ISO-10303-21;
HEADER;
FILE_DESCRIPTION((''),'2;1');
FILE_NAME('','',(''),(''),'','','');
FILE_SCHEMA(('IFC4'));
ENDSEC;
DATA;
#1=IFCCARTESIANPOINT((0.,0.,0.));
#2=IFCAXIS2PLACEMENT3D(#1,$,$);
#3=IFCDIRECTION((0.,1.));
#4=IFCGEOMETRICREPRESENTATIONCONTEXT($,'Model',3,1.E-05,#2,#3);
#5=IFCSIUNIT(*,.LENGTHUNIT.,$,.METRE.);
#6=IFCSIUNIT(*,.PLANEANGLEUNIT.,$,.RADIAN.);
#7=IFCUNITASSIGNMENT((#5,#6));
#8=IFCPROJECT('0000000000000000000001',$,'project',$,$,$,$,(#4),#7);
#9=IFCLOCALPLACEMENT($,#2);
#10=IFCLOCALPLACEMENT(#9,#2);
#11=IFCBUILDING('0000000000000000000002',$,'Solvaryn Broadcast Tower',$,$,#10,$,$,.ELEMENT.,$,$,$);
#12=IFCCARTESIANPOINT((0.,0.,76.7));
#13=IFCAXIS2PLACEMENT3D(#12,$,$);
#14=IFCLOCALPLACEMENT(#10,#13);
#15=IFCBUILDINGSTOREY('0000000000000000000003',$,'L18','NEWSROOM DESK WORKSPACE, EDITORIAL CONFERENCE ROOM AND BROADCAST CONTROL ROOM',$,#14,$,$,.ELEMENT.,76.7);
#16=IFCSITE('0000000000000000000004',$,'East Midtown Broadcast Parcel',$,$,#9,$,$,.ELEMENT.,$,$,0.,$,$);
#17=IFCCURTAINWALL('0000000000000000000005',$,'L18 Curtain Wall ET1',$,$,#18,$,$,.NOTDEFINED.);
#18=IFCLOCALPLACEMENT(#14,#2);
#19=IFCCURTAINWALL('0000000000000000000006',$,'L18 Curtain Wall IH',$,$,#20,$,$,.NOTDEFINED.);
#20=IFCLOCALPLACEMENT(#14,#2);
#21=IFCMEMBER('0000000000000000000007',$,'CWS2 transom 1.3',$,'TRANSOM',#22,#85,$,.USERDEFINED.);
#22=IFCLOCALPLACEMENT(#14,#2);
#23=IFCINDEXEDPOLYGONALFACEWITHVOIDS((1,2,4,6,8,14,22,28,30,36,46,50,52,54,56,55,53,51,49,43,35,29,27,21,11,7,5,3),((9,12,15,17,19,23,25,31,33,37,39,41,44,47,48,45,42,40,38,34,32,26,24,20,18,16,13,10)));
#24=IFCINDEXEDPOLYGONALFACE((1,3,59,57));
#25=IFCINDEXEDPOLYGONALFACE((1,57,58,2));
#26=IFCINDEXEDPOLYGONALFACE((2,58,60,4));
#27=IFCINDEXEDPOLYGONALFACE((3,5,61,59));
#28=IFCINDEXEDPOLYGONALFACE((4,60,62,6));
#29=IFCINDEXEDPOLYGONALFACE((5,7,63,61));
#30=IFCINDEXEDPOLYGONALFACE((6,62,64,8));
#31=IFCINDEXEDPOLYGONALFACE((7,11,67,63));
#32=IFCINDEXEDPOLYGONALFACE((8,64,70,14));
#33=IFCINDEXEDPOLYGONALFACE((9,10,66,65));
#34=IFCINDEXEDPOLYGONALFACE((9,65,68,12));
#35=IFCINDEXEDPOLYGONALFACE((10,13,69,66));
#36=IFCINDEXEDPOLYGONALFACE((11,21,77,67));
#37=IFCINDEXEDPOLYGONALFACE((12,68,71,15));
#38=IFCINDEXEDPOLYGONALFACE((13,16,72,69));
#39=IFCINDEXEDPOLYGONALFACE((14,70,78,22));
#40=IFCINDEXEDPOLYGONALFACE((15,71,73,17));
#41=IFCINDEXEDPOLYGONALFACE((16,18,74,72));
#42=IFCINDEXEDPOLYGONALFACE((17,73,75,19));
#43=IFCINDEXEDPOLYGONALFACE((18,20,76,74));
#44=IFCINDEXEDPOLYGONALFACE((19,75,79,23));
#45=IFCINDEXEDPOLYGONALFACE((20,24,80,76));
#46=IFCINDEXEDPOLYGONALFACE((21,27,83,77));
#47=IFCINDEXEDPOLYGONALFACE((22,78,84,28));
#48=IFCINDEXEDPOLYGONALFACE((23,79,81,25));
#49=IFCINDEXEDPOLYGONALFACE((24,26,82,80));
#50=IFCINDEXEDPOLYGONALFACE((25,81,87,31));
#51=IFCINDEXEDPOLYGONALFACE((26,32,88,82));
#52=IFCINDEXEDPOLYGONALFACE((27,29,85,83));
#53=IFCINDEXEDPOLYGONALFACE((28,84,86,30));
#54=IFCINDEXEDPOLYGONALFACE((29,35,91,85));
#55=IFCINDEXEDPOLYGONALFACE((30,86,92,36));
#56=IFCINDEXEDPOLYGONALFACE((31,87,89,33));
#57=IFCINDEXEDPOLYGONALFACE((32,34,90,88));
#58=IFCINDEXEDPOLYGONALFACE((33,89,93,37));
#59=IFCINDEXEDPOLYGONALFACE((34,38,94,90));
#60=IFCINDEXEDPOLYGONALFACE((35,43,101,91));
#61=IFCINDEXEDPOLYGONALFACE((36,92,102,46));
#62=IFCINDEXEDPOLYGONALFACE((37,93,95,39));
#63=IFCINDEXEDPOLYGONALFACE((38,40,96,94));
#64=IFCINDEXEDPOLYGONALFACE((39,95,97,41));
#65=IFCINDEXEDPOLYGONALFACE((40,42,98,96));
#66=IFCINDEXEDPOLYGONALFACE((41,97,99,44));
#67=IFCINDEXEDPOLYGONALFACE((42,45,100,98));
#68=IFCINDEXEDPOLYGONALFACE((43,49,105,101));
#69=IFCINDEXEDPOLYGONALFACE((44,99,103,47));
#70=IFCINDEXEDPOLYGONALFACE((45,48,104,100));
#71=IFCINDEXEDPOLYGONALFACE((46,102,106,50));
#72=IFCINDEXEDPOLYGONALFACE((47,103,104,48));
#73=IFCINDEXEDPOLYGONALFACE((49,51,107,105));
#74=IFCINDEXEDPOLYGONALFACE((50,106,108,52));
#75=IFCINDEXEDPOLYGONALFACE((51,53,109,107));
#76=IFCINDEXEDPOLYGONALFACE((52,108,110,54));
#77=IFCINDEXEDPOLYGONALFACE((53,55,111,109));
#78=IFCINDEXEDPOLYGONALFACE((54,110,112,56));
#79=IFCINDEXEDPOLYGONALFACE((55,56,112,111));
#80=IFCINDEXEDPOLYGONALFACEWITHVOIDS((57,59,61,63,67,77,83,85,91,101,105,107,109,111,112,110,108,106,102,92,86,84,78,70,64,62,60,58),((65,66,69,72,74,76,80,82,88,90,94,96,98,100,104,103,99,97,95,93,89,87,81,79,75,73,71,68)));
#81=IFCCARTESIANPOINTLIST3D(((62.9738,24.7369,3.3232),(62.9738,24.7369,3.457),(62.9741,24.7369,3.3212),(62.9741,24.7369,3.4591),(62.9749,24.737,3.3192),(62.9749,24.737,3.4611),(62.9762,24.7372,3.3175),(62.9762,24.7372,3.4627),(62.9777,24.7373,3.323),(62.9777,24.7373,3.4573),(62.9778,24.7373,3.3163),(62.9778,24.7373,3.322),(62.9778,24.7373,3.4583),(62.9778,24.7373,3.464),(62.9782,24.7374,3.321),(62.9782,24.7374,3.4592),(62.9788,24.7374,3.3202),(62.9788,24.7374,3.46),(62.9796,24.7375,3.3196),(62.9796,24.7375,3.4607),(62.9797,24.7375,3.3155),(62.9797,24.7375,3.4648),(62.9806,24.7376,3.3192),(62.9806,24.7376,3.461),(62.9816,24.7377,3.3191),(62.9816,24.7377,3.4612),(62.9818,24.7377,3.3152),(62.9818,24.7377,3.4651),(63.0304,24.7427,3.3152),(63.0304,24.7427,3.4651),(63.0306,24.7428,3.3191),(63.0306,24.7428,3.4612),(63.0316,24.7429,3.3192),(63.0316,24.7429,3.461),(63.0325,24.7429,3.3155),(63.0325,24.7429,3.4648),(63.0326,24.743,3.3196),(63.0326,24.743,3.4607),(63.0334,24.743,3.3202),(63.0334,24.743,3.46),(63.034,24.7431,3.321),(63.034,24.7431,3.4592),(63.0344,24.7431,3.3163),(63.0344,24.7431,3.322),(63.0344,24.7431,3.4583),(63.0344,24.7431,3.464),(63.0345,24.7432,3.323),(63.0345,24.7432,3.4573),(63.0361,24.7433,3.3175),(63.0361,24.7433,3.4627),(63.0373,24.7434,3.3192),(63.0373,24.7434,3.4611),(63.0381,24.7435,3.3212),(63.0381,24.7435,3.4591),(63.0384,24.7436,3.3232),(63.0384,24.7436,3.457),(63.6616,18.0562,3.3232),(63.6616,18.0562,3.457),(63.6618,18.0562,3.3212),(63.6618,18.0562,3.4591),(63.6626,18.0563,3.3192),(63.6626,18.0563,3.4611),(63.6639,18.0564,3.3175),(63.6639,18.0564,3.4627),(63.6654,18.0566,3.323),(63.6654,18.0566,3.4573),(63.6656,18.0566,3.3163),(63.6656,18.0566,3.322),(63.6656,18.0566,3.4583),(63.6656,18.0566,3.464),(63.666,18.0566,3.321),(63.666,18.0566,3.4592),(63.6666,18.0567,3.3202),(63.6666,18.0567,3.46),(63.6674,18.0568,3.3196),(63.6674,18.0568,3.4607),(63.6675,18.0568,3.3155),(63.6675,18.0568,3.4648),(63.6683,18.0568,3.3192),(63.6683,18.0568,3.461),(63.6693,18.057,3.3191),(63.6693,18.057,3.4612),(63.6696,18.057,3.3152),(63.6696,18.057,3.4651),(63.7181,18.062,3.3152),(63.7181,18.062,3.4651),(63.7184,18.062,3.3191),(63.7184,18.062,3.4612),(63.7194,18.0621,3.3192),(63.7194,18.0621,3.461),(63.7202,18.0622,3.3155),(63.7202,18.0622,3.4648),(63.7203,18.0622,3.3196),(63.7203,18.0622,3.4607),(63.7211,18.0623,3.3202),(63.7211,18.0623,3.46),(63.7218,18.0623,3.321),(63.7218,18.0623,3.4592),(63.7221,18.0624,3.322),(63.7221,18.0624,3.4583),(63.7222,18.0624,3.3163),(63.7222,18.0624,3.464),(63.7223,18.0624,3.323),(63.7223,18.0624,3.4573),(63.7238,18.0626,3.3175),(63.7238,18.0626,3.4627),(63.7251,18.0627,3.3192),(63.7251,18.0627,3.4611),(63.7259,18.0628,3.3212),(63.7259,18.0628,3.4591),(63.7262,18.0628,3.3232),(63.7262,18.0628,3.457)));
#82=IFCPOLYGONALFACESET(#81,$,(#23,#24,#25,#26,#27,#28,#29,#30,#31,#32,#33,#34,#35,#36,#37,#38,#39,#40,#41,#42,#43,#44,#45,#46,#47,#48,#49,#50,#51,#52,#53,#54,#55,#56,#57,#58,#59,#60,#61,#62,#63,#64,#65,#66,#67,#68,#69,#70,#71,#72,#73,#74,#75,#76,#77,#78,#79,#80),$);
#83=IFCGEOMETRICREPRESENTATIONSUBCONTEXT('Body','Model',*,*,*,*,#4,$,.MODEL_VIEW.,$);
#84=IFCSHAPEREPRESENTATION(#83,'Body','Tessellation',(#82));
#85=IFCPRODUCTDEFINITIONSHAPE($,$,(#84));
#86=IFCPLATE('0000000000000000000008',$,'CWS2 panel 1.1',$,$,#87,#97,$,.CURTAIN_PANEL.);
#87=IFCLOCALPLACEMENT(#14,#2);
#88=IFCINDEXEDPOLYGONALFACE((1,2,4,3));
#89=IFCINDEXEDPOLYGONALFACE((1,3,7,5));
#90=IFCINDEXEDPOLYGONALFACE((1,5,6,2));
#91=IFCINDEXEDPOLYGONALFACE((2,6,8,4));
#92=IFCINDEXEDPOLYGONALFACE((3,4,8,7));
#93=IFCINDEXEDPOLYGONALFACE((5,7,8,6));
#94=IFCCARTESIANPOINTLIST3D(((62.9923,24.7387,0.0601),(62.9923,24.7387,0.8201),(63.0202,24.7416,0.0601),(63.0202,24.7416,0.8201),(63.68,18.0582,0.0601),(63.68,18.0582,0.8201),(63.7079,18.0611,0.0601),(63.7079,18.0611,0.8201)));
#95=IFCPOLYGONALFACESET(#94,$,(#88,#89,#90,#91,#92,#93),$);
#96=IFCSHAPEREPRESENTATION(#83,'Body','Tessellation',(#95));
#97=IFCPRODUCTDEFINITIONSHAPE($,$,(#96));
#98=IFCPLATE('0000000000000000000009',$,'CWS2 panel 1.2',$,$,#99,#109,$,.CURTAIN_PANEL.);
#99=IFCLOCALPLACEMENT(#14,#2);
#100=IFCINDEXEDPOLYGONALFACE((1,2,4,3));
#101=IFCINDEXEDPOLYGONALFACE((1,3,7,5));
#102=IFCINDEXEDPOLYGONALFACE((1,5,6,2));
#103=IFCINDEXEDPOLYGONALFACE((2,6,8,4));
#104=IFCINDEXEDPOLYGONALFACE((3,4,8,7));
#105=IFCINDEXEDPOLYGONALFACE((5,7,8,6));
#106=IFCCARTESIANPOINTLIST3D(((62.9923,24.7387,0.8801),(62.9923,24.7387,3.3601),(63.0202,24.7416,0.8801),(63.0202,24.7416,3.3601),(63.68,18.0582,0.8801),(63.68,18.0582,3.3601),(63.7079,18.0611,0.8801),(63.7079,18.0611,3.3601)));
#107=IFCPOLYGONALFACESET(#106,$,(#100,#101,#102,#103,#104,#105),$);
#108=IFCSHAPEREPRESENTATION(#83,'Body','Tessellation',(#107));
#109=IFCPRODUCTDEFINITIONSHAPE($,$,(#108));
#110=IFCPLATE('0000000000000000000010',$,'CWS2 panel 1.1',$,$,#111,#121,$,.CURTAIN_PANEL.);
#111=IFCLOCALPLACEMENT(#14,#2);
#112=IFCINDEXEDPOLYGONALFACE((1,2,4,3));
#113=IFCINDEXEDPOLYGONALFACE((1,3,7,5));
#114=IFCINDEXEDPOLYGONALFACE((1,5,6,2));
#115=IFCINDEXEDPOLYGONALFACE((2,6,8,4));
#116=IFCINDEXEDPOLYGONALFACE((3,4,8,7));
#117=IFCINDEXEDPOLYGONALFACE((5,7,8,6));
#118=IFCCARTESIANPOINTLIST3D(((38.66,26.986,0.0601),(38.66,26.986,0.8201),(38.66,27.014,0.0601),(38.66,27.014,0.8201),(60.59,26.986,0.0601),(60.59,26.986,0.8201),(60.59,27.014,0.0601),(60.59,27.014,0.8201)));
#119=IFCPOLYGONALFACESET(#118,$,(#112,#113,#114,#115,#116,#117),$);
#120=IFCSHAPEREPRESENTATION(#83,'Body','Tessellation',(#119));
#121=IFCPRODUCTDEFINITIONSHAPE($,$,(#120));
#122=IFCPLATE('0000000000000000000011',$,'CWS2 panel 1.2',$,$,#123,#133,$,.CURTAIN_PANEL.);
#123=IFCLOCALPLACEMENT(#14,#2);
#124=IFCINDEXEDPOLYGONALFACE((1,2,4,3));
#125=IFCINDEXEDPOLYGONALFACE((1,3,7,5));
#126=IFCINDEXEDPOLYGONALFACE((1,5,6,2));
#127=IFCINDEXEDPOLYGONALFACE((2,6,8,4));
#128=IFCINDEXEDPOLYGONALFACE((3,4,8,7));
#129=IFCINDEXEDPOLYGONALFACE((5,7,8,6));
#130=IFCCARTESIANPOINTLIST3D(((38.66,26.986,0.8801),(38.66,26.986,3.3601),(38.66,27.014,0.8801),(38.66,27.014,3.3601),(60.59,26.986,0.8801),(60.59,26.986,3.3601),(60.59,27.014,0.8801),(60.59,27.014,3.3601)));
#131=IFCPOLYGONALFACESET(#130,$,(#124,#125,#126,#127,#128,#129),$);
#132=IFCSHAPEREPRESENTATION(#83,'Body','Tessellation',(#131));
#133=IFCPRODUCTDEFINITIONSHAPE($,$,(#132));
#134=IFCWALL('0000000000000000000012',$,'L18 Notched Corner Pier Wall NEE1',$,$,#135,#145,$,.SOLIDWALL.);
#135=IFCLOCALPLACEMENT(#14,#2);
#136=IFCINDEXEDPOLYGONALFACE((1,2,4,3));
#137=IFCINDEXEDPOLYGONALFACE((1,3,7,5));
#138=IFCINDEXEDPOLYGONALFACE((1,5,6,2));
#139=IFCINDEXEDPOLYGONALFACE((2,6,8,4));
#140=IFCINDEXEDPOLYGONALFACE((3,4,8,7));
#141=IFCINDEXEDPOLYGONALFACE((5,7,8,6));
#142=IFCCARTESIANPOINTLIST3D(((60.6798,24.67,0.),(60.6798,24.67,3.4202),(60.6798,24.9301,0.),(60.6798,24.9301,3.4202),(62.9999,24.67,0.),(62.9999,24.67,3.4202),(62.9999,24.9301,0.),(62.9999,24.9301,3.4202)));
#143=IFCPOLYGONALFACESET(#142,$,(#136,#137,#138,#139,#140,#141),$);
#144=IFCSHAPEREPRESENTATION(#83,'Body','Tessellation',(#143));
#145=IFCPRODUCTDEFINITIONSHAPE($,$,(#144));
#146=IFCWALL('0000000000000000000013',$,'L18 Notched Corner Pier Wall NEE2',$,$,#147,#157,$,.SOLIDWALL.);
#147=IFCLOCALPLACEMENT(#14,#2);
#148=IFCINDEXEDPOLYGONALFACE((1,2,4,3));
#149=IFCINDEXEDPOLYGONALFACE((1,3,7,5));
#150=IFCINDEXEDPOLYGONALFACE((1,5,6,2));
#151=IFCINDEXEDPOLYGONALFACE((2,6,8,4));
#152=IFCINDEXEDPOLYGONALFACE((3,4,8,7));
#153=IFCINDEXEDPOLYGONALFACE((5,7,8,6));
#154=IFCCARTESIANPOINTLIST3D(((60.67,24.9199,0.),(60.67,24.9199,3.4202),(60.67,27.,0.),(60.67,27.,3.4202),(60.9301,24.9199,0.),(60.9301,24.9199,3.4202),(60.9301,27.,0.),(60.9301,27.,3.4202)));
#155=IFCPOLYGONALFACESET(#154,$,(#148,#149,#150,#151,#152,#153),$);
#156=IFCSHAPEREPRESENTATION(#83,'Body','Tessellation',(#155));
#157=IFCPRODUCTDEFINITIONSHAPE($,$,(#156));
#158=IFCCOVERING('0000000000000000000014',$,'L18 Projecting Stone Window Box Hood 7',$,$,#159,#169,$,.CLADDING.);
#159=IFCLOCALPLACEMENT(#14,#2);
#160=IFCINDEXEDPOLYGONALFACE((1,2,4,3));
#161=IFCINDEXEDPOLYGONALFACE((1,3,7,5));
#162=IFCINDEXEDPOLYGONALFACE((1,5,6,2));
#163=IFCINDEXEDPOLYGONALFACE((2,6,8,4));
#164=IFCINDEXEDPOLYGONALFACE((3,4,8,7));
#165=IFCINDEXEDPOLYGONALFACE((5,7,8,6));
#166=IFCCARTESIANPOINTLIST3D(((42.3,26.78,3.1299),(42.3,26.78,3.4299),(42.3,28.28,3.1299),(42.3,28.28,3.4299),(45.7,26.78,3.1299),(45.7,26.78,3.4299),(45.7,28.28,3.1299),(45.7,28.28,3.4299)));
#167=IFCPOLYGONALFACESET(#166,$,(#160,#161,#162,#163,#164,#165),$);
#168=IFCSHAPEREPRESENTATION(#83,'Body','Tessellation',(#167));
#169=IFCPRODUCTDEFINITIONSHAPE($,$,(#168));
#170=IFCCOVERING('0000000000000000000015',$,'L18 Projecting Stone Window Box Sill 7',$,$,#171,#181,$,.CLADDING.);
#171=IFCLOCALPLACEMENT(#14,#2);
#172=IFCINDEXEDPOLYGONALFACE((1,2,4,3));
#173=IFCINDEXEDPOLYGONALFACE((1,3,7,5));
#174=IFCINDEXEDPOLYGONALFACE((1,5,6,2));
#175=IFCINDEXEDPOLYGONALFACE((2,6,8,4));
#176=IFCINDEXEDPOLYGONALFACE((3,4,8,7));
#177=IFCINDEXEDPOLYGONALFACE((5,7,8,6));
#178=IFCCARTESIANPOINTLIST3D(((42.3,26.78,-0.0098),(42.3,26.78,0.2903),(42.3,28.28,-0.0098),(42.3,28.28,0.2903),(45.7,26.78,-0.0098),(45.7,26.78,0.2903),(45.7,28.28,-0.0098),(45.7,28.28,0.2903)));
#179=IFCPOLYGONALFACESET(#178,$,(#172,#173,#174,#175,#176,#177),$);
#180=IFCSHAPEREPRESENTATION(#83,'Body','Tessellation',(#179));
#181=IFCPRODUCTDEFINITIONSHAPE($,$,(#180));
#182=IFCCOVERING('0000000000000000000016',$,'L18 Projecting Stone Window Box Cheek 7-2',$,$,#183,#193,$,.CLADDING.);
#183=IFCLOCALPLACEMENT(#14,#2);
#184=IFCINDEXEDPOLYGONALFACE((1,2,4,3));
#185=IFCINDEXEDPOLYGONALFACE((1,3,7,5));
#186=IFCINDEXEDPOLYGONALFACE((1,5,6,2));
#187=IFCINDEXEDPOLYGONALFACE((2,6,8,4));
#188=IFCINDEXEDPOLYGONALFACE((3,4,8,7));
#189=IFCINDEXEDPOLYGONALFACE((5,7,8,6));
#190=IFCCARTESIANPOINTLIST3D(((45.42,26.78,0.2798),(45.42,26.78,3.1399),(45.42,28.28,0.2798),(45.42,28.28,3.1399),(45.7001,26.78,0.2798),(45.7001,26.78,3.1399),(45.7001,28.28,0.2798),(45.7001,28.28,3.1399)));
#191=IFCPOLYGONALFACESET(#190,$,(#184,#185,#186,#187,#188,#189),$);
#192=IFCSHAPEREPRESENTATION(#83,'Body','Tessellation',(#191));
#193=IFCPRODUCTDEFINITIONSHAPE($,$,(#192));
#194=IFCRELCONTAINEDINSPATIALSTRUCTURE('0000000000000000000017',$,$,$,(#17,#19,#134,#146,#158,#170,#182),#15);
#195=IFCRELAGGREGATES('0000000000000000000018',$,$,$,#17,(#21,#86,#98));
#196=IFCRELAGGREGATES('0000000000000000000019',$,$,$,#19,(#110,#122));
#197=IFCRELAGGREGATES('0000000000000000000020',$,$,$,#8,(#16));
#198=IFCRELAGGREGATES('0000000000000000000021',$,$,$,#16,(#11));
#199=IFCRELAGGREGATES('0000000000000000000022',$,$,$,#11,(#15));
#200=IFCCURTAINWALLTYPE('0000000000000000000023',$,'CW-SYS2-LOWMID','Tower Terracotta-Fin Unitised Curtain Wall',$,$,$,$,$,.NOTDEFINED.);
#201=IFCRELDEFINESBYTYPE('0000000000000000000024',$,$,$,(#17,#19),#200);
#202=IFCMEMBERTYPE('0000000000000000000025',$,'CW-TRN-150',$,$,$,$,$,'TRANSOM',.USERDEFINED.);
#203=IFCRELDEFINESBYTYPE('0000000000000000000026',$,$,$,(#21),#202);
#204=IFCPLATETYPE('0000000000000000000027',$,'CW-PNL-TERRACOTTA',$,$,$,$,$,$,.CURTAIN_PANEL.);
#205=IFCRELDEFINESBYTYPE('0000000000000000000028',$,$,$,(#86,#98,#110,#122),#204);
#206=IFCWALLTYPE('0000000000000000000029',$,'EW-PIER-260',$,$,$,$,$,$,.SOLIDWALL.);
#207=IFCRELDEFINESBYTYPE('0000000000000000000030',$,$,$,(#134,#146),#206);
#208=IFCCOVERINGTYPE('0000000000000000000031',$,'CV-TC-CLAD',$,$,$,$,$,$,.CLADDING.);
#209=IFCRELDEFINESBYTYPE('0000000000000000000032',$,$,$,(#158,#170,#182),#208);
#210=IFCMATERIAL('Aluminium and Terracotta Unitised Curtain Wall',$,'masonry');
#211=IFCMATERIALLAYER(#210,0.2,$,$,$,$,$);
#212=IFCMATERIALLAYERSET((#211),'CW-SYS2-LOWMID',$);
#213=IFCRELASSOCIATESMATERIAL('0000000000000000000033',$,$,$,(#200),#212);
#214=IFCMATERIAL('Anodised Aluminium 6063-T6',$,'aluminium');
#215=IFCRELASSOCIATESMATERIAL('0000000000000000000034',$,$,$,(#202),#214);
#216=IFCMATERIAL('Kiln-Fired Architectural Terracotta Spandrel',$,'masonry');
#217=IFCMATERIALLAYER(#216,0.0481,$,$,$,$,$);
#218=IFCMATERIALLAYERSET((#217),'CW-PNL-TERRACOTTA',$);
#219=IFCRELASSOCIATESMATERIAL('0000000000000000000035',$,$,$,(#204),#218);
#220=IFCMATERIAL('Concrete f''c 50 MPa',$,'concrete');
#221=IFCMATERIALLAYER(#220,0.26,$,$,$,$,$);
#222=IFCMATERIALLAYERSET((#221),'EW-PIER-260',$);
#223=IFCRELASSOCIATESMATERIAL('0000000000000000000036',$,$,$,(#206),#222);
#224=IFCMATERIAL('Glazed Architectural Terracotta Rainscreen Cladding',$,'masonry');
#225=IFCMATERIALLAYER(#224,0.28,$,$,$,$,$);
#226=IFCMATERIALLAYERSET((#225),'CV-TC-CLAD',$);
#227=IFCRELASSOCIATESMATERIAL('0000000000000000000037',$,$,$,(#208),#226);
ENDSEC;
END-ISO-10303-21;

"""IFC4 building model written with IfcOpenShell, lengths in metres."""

from ifc_helpers import new_model, si_unit, direction, frame, frame_2d, origin, origin_2d, place, context, subcontext, project, spatial, rectangle, hollow_rectangle, extrude, material, layer, layer_set, material_profile, profile_set, type_object, element, aggregate, save


model = new_model("IFC4")

# Units and contexts
model_context = context("Model", 3, precision=1e-05, world=origin(), true_north=direction((0.0, 1.0)))
body_context = subcontext(model_context, "Body", "Model", "MODEL_VIEW")
ifc_project = project(units=[si_unit("LENGTHUNIT", "METRE"), si_unit("PLANEANGLEUNIT", "RADIAN")], contexts=[model_context])

# Site, building, storey
site_placement = place(None, origin())
site = spatial("IfcSite", under=ifc_project, at=site_placement, Name="East Midtown Broadcast Parcel", CompositionType="ELEMENT", RefElevation=0.0)
building_placement = place(site_placement, origin())
building = spatial("IfcBuilding", under=site, at=building_placement, Name="Solvaryn Broadcast Tower", CompositionType="ELEMENT")
storey_placement = place(building_placement, frame((0.0, 0.0, 76.7)))
storey = spatial("IfcBuildingStorey", under=building, at=storey_placement, Name="L18", Description="NEWSROOM DESK WORKSPACE, EDITORIAL CONFERENCE ROOM AND BROADCAST CONTROL ROOM", CompositionType="ELEMENT", Elevation=76.7)

# Curtain walls
ifc_material_1 = material(Name="Aluminium and Terracotta Unitised Curtain Wall", Category="masonry")
ifc_layer_1 = layer(ifc_material_1, 0.2)
ifc_layer_set_1 = layer_set([ifc_layer_1], Name="CW-SYS2-LOWMID")
curtain_wall_type = type_object("IfcCurtainWallType", Name="CW-SYS2-LOWMID", Description="Tower Terracotta-Fin Unitised Curtain Wall", PredefinedType="NOTDEFINED", material=ifc_layer_set_1)
curtain_wall_1_placement = place(storey_placement, origin())
curtain_wall_1 = element("IfcCurtainWall", 1, at=curtain_wall_1_placement, inside=storey, type_object=curtain_wall_type, Name="L18 Curtain Wall ET1", PredefinedType="NOTDEFINED")
curtain_wall_2_placement = place(storey_placement, origin())
curtain_wall_2 = element("IfcCurtainWall", 2, at=curtain_wall_2_placement, inside=storey, type_object=curtain_wall_type, Name="L18 Curtain Wall IH", PredefinedType="NOTDEFINED")

# Member
ifc_material_2 = material(Name="Anodised Aluminium 6063-T6", Category="aluminium")
ifc_material_profile_1 = material_profile(ifc_material_2, hollow_rectangle(XDim=0.0649, YDim=0.1499, WallThickness=0.0039, InnerFilletRadius=0.0039, OuterFilletRadius=0.0081, at=origin_2d()))
ifc_profile_set_1 = profile_set([ifc_material_profile_1], Name="Anodised Aluminium 6063-T6")
member_type_1 = type_object("IfcMemberType", Name="CW-TRN-150", ElementType="TRANSOM", PredefinedType="USERDEFINED", material=ifc_profile_set_1)
member_1_placement = place(storey_placement, frame((63.0061, 24.7402, 3.3901), z_axis=(0.102404, -0.994743, 0.0), x_axis=(0.994743, 0.102404, 0.0)))
member_1 = element("IfcMember", 3, at=member_1_placement, type_object=member_type_1, Name="CWS2 transom 1.3", ObjectType="TRANSOM", PredefinedType="USERDEFINED", context=body_context, shape_type="SweptSolid", body=[
    extrude(hollow_rectangle(XDim=0.0649, YDim=0.1499, WallThickness=0.0039, InnerFilletRadius=0.0039, OuterFilletRadius=0.0081, at=origin_2d()), origin(), (0.0, 0.0, 1.0), 6.7161),
])

# Plates
ifc_material_3 = material(Name="Kiln-Fired Architectural Terracotta Spandrel", Category="masonry")
ifc_layer_2 = layer(ifc_material_3, 0.0481)
ifc_layer_set_2 = layer_set([ifc_layer_2], Name="CW-PNL-TERRACOTTA")
plate_type = type_object("IfcPlateType", Name="CW-PNL-TERRACOTTA", PredefinedType="CURTAIN_PANEL", material=ifc_layer_set_2)
plate_1_placement = place(storey_placement, frame((63.3501, 21.3999, 0.0601), z_axis=(0.0, 0.0, 1.0), x_axis=(0.1024, -0.994743, 0.0)))
plate_1 = element("IfcPlate", 4, at=plate_1_placement, type_object=plate_type, Name="CWS2 panel 1.1", PredefinedType="CURTAIN_PANEL", context=body_context, shape_type="SweptSolid", body=[
    extrude(rectangle(XDim=6.7158, YDim=0.0281, at=origin_2d()), origin(), (0.0, 0.0, 1.0), 0.76),
])
plate_2_placement = place(storey_placement, frame((63.3501, 21.3999, 0.8801), z_axis=(0.0, 0.0, 1.0), x_axis=(0.1024, -0.994743, 0.0)))
plate_2 = element("IfcPlate", 5, at=plate_2_placement, type_object=plate_type, Name="CWS2 panel 1.2", PredefinedType="CURTAIN_PANEL", context=body_context, shape_type="SweptSolid", body=[
    extrude(rectangle(XDim=6.7158, YDim=0.0281, at=origin_2d()), origin(), (0.0, 0.0, 1.0), 2.48),
])
aggregate(curtain_wall_1, [member_1, plate_1, plate_2])
plate_3_placement = place(storey_placement, frame((49.625, 27.0, 0.0601), z_axis=(0.0, 0.0, 1.0), x_axis=(1.0, 0.0, 0.0)))
plate_3 = element("IfcPlate", 6, at=plate_3_placement, type_object=plate_type, Name="CWS2 panel 1.1", PredefinedType="CURTAIN_PANEL", context=body_context, shape_type="SweptSolid", body=[
    extrude(rectangle(XDim=21.9299, YDim=0.0281, at=origin_2d()), origin(), (0.0, 0.0, 1.0), 0.76),
])
plate_4_placement = place(storey_placement, frame((49.625, 27.0, 0.8801), z_axis=(0.0, 0.0, 1.0), x_axis=(1.0, 0.0, 0.0)))
plate_4 = element("IfcPlate", 7, at=plate_4_placement, type_object=plate_type, Name="CWS2 panel 1.2", PredefinedType="CURTAIN_PANEL", context=body_context, shape_type="SweptSolid", body=[
    extrude(rectangle(XDim=21.9299, YDim=0.0281, at=origin_2d()), origin(), (0.0, 0.0, 1.0), 2.48),
])
aggregate(curtain_wall_2, [plate_3, plate_4])

# Walls
ifc_material_4 = material(Name="Concrete f'c 50 MPa", Category="concrete")
ifc_layer_3 = layer(ifc_material_4, 0.26)
ifc_layer_set_3 = layer_set([ifc_layer_3], Name="EW-PIER-260")
wall_type_1 = type_object("IfcWallType", Name="EW-PIER-260", PredefinedType="SOLIDWALL", material=ifc_layer_set_3)
wall_1_placement = place(storey_placement, frame((63.0, 24.8, 0.0), z_axis=(0.0, 0.0, 1.0), x_axis=(-1.0, 0.0, 0.0)))
element("IfcWall", 8, at=wall_1_placement, inside=storey, type_object=wall_type_1, Name="L18 Notched Corner Pier Wall NEE1", PredefinedType="SOLIDWALL", context=body_context, shape_type="SweptSolid", body=[
    extrude(rectangle(XDim=2.3201, YDim=0.26, at=frame_2d((1.1602, 0.0))), origin(), (0.0, 0.0, 1.0), 3.4202),
])
wall_2_placement = place(storey_placement, frame((60.8, 24.9199, 0.0), z_axis=(0.0, 0.0, 1.0), x_axis=(0.0, 1.0, 0.0)))
element("IfcWall", 9, at=wall_2_placement, inside=storey, type_object=wall_type_1, Name="L18 Notched Corner Pier Wall NEE2", PredefinedType="SOLIDWALL", context=body_context, shape_type="SweptSolid", body=[
    extrude(rectangle(XDim=2.0801, YDim=0.26, at=frame_2d((1.04, 0.0))), origin(), (0.0, 0.0, 1.0), 3.4202),
])

# Coverings
ifc_material_5 = material(Name="Glazed Architectural Terracotta Rainscreen Cladding", Category="masonry")
ifc_layer_4 = layer(ifc_material_5, 0.28)
ifc_layer_set_4 = layer_set([ifc_layer_4], Name="CV-TC-CLAD")
covering_type_1 = type_object("IfcCoveringType", Name="CV-TC-CLAD", PredefinedType="CLADDING", material=ifc_layer_set_4)
for number, where, z_axis, x_axis, name in (
    (10, (44.0, 27.53, 3.1299), (0.0, 0.0, 1.0), (1.0, 0.0, 0.0), "L18 Projecting Stone Window Box Hood 7"),
    (11, (44.0, 27.53, -0.0098), (0.0, 0.0, 1.0), (1.0, 0.0, 0.0), "L18 Projecting Stone Window Box Sill 7"),
):
    element("IfcCovering", number, at=place(storey_placement, frame(where, z_axis=z_axis, x_axis=x_axis)), inside=storey, type_object=covering_type_1, Name=name, PredefinedType="CLADDING", context=body_context, shape_type="SweptSolid", body=[
        extrude(rectangle(XDim=3.3999, YDim=1.5, at=origin_2d()), origin(), (0.0, 0.0, 1.0), 0.3),
    ])
covering_1_placement = place(storey_placement, frame((45.5601, 27.53, 0.2798), z_axis=(0.0, 0.0, 1.0), x_axis=(1.0, 0.0, 0.0)))
element("IfcCovering", 12, at=covering_1_placement, inside=storey, type_object=covering_type_1, Name="L18 Projecting Stone Window Box Cheek 7-2", PredefinedType="CLADDING", context=body_context, shape_type="SweptSolid", body=[
    extrude(rectangle(XDim=0.28, YDim=1.5, at=origin_2d()), origin(), (0.0, 0.0, 1.0), 2.8601),
])

save(model, "model.ifc")
